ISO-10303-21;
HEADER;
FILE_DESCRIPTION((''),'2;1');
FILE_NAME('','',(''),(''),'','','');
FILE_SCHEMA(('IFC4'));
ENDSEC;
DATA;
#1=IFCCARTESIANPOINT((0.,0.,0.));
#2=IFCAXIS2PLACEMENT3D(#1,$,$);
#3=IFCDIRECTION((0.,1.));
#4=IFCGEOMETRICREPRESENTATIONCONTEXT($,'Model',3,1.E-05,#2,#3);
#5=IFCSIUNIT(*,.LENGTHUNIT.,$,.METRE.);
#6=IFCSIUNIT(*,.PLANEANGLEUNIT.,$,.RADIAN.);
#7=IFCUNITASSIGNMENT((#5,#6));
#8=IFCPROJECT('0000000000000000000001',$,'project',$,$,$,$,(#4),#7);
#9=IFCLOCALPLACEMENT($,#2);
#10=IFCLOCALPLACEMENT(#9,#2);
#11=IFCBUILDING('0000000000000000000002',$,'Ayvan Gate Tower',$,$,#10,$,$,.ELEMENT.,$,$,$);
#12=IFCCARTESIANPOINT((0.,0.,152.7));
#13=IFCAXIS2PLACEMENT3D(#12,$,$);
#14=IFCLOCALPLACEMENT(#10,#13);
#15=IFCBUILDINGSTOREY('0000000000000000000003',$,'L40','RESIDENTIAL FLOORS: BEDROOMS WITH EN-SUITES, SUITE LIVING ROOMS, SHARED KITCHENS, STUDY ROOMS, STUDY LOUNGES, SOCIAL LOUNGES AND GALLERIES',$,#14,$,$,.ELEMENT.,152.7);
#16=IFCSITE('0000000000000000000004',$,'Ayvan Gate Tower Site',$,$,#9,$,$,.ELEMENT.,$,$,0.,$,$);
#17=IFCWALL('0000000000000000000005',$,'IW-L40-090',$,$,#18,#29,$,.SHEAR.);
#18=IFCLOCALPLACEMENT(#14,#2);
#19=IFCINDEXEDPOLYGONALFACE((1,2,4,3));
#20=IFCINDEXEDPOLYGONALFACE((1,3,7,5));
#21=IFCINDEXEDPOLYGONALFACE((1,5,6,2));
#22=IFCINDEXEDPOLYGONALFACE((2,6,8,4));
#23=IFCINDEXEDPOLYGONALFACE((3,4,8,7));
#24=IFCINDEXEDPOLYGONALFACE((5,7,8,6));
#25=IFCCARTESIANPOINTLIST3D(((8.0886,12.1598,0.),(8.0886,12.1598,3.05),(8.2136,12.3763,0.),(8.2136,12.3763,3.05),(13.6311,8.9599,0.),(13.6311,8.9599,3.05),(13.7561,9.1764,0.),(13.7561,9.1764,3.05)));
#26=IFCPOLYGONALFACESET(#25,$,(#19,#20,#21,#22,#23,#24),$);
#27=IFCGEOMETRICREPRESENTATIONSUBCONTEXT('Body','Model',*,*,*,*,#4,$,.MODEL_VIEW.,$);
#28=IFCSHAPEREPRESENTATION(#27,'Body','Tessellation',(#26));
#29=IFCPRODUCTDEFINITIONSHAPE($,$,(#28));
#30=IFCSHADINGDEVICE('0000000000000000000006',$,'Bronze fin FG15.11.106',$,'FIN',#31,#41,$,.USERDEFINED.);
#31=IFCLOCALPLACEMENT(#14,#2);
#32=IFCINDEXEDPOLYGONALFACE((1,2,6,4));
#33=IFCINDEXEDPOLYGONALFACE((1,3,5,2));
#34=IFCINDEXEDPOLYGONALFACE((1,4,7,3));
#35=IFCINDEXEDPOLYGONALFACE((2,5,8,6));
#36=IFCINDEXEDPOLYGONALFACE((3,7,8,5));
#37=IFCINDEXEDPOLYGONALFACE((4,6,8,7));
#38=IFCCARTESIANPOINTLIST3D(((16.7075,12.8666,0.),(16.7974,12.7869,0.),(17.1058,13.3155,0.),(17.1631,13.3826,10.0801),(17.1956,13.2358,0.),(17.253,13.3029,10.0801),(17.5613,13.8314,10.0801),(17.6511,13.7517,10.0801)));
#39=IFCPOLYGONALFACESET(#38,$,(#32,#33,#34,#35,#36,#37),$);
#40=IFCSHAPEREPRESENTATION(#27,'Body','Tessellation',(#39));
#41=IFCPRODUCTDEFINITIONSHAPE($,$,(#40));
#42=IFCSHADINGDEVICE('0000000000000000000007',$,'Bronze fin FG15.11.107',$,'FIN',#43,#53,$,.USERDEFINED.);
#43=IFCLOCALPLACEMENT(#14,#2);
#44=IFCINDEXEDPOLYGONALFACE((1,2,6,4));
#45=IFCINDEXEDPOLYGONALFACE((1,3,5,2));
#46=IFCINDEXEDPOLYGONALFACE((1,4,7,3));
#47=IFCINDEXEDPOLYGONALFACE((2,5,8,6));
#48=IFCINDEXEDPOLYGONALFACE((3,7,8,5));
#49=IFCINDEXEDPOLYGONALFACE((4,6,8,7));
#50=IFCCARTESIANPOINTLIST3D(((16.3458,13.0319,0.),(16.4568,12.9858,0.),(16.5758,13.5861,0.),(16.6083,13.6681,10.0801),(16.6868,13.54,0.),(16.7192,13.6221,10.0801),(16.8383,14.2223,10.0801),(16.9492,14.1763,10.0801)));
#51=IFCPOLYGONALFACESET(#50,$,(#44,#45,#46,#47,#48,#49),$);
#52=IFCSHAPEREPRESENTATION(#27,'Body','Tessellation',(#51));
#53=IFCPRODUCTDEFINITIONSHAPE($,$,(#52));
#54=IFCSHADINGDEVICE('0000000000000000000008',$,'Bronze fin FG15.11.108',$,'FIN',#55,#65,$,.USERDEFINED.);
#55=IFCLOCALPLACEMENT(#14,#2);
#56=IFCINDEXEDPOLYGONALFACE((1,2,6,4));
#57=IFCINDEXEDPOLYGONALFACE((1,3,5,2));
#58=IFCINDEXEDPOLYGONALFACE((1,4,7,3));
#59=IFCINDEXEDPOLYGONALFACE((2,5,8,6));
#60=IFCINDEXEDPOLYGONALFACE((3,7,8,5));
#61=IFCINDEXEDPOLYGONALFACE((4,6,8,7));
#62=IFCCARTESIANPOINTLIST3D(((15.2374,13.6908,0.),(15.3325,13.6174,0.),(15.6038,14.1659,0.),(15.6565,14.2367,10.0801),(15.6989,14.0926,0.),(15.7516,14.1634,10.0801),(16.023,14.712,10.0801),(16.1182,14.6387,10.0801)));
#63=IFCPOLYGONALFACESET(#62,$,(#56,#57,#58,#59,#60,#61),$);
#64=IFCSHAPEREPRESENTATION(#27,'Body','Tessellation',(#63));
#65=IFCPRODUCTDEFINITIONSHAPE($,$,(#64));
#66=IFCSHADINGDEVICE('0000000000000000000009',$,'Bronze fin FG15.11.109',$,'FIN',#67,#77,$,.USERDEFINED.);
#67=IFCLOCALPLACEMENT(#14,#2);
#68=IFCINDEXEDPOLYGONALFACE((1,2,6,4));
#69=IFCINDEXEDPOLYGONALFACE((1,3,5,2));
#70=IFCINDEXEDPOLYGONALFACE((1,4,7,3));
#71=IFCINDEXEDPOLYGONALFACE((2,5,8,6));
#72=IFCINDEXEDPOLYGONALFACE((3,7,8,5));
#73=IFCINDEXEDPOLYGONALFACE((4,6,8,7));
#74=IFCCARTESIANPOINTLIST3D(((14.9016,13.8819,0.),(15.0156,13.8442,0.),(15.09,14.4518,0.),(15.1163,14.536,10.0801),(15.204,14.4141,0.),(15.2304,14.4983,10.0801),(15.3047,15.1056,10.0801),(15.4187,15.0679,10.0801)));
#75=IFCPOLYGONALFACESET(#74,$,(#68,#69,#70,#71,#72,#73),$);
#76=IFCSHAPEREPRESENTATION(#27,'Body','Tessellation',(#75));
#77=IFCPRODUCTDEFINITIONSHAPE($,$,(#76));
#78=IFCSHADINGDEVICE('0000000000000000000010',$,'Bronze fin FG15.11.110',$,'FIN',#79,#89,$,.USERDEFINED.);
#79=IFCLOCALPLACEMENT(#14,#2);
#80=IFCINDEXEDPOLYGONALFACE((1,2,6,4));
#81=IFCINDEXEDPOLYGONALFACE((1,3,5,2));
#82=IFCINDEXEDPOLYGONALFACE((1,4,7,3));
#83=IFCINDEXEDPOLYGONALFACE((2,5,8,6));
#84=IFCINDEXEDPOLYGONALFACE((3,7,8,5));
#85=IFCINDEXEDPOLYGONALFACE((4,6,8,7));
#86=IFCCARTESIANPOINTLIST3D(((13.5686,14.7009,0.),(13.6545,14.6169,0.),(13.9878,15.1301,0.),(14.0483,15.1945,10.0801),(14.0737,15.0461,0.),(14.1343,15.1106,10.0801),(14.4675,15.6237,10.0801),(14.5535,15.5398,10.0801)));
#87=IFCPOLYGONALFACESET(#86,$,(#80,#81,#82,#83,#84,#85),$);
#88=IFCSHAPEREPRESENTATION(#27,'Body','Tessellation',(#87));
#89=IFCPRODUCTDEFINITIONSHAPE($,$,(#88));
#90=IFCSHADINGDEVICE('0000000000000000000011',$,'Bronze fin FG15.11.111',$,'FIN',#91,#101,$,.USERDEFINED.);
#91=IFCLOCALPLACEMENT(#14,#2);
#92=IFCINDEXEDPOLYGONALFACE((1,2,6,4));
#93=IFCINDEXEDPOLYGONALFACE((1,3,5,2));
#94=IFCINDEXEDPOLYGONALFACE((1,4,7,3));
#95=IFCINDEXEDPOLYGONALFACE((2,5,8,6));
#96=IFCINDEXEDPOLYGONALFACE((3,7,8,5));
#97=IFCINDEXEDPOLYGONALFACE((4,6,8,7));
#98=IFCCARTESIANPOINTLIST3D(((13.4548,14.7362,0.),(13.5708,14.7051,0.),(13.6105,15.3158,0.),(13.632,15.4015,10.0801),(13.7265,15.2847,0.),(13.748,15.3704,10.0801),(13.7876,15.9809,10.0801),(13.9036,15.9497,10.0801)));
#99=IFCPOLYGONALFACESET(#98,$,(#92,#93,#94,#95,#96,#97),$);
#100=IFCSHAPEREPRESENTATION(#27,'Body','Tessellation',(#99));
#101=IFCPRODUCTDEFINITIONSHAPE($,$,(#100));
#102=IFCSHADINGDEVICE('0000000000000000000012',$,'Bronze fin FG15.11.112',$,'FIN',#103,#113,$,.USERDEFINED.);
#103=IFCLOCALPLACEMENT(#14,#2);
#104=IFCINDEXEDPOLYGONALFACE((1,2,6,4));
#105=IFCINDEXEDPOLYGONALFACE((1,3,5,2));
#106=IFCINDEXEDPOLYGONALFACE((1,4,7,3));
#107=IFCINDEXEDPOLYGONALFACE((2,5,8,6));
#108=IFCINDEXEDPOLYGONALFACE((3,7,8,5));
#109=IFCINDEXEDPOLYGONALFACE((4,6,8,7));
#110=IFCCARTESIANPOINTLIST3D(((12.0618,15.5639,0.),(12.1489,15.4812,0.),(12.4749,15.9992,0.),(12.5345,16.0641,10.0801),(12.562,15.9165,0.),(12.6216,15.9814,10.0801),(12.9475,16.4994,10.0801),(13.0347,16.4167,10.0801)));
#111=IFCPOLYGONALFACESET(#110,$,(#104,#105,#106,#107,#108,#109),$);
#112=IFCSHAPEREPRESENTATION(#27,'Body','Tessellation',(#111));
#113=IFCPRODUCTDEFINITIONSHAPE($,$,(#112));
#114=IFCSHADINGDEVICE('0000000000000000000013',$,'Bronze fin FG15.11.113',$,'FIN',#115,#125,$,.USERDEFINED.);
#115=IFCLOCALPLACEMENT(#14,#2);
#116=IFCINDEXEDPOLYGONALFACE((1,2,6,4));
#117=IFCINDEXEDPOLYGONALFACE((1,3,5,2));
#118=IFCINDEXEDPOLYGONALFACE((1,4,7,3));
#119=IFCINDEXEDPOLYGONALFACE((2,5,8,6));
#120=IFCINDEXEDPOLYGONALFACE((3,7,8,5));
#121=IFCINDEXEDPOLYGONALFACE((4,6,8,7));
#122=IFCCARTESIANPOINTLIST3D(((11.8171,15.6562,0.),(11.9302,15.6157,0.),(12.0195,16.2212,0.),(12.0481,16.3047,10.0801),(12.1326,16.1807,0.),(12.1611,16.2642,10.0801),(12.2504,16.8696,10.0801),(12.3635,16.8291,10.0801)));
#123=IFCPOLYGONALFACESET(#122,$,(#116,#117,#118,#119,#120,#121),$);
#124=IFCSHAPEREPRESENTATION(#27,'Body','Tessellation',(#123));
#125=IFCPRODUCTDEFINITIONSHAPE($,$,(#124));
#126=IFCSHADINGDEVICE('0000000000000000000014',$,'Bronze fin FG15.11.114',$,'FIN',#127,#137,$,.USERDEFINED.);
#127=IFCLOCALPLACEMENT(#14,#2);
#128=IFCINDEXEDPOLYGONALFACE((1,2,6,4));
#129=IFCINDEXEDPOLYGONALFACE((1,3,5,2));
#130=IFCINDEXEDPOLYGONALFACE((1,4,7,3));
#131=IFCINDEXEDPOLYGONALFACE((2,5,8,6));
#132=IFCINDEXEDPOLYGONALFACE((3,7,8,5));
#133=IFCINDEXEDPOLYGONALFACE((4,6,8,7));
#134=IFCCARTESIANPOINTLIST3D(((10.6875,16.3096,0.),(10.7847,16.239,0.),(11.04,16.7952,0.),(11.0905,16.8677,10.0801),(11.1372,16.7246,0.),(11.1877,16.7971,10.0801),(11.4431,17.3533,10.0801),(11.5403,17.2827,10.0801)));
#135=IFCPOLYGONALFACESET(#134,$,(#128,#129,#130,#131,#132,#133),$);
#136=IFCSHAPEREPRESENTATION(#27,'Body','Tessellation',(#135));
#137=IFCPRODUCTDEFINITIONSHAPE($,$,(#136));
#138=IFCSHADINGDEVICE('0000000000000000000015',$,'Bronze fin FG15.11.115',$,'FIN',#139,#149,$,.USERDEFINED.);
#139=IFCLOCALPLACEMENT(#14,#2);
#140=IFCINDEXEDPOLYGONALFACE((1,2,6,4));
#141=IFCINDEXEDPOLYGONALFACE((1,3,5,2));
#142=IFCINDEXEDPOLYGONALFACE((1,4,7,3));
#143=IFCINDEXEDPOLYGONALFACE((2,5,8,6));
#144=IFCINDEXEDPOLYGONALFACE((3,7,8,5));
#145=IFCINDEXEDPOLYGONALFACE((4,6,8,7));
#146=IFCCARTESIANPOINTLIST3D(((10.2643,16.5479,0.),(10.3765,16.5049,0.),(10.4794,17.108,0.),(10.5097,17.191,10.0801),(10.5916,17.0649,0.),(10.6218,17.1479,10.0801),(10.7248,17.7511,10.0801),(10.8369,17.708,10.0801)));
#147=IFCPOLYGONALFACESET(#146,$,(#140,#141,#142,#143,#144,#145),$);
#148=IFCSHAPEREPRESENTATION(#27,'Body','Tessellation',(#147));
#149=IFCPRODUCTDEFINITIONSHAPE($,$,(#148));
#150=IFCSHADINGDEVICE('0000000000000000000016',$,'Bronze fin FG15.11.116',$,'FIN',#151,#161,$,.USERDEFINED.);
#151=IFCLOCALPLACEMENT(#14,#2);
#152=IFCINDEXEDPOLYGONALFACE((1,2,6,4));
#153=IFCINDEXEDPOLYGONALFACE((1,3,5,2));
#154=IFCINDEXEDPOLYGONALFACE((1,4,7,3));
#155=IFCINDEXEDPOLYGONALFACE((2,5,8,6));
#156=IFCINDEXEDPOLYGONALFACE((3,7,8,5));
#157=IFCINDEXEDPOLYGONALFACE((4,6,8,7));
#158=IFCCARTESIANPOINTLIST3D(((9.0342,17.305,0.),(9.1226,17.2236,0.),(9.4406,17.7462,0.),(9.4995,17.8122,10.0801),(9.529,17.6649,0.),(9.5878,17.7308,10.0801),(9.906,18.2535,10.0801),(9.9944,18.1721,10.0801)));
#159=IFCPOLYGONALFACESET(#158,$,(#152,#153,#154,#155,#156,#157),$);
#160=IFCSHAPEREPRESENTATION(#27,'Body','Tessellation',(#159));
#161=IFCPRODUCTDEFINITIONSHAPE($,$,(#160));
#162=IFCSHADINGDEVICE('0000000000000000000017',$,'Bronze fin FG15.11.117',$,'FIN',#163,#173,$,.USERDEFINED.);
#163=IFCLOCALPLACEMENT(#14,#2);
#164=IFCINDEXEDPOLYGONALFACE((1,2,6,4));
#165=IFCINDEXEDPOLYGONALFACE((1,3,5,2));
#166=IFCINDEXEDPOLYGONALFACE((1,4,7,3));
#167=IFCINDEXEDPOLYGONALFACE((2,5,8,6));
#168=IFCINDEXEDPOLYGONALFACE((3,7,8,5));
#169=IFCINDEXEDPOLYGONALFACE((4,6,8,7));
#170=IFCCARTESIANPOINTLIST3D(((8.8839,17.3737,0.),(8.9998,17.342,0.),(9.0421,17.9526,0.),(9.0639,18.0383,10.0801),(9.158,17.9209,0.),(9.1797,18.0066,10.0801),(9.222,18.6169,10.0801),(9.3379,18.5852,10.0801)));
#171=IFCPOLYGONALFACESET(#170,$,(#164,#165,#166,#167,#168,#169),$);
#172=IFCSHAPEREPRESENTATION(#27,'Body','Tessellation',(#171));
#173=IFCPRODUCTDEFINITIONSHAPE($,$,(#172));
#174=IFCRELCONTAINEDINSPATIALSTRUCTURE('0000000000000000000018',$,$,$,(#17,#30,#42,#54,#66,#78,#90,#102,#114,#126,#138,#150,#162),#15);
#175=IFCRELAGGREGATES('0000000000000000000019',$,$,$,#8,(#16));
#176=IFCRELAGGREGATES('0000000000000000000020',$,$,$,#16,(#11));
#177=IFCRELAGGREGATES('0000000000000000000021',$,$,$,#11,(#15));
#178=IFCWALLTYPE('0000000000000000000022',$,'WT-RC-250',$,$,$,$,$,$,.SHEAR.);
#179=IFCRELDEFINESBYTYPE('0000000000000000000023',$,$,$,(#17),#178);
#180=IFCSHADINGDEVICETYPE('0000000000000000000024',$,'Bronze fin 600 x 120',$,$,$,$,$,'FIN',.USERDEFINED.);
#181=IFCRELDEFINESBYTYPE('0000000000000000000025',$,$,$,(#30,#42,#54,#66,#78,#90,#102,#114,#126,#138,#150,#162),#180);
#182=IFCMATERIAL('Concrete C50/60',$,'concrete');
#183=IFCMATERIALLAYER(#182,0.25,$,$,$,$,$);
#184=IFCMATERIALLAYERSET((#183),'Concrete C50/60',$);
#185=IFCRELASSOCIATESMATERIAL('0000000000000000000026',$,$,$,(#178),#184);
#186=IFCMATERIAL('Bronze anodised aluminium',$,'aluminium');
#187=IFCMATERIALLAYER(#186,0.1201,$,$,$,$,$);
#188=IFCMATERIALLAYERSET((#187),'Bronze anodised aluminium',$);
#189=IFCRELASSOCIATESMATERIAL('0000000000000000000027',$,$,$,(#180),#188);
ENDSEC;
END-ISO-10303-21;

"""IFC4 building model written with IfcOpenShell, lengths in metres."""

from ifc_helpers import new_model, si_unit, direction, frame, frame_2d, origin, place, context, subcontext, project, spatial, polyline, rectangle, outline, extrude, material, layer, layer_set, type_object, element, save


model = new_model("IFC4")

# Units and contexts
model_context = context("Model", 3, precision=1e-05, world=origin(), true_north=direction((0.0, 1.0)))
body_context = subcontext(model_context, "Body", "Model", "MODEL_VIEW")
ifc_project = project(units=[si_unit("LENGTHUNIT", "METRE"), si_unit("PLANEANGLEUNIT", "RADIAN")], contexts=[model_context])

# Site, building, storey
site_placement = place(None, origin())
site = spatial("IfcSite", under=ifc_project, at=site_placement, Name="Ayvan Gate Tower Site", CompositionType="ELEMENT", RefElevation=0.0)
building_placement = place(site_placement, origin())
building = spatial("IfcBuilding", under=site, at=building_placement, Name="Ayvan Gate Tower", CompositionType="ELEMENT")
storey_placement = place(building_placement, frame((0.0, 0.0, 152.7)))
storey = spatial("IfcBuildingStorey", under=building, at=storey_placement, Name="L40", Description="RESIDENTIAL FLOORS: BEDROOMS WITH EN-SUITES, SUITE LIVING ROOMS, SHARED KITCHENS, STUDY ROOMS, STUDY LOUNGES, SOCIAL LOUNGES AND GALLERIES", CompositionType="ELEMENT", Elevation=152.7)

# Shared definitions
ifc_material_1 = material(Name="Bronze anodised aluminium", Category="aluminium")

# Wall
ifc_material_2 = material(Name="Concrete C50/60", Category="concrete")
ifc_layer_1 = layer(ifc_material_2, 0.25)
ifc_layer_set_1 = layer_set([ifc_layer_1], Name="Concrete C50/60")
wall_type_1 = type_object("IfcWallType", Name="WT-RC-250", PredefinedType="SHEAR", material=ifc_layer_set_1)
wall_1_placement = place(storey_placement, frame((8.1511, 12.2681, 0.0), z_axis=(0.0, 0.0, 1.0), x_axis=(0.866025, -0.5, 0.0)))
element("IfcWall", 1, at=wall_1_placement, inside=storey, type_object=wall_type_1, Name="IW-L40-090", PredefinedType="SHEAR", context=body_context, shape_type="SweptSolid", body=[
    extrude(rectangle(XDim=6.3999, YDim=0.25, at=frame_2d((3.2, 0.0))), origin(), (0.0, 0.0, 1.0), 3.05),
])

# Shading devices
ifc_layer_2 = layer(ifc_material_1, 0.1201)
ifc_layer_set_2 = layer_set([ifc_layer_2], Name="Bronze anodised aluminium")
shading_device_type = type_object("IfcShadingDeviceType", Name="Bronze fin 600 x 120", ElementType="FIN", PredefinedType="USERDEFINED", material=ifc_layer_set_2)
shading_device_1_placement = place(storey_placement, frame((16.7974, 12.7869, 0.0), z_axis=(0.74806, -0.663631, 0.000162), x_axis=(0.663631, 0.74806, 0.0)))
element("IfcShadingDevice", 2, at=shading_device_1_placement, inside=storey, type_object=shading_device_type, Name="Bronze fin FG15.11.106", ObjectType="FIN", PredefinedType="USERDEFINED", context=body_context, shape_type="SweptSolid", body=[
    extrude(outline(polyline([(0.0, 0.0), (0.6001, 0.0), (1.2883, 10.0801), (0.6884, 10.0801), (0.0, 0.0)])), origin(), (0.0, 0.0, -1.0), 0.1201),
])
shading_device_2_placement = place(storey_placement, frame((16.4568, 12.9858, 0.0), z_axis=(0.92363, -0.383286, 0.000144), x_axis=(0.383286, 0.92363, 0.0)))
element("IfcShadingDevice", 3, at=shading_device_2_placement, inside=storey, type_object=shading_device_type, Name="Bronze fin FG15.11.107", ObjectType="FIN", PredefinedType="USERDEFINED", context=body_context, shape_type="SweptSolid", body=[
    extrude(outline(polyline([(0.0, 0.0), (0.6, 0.0), (1.2883, 10.0801), (0.6882, 10.0801), (0.0, 0.0)])), origin(), (0.0, 0.0, -1.0), 0.1201),
])
shading_device_3_placement = place(storey_placement, frame((15.3325, 13.6174, 0.0), z_axis=(0.791897, -0.610654, 0.000146), x_axis=(0.610654, 0.791897, 0.0)))
element("IfcShadingDevice", 4, at=shading_device_3_placement, inside=storey, type_object=shading_device_type, Name="Bronze fin FG15.11.108", ObjectType="FIN", PredefinedType="USERDEFINED", context=body_context, shape_type="SweptSolid", body=[
    extrude(outline(polyline([(0.0, 0.0), (0.6, 0.0), (1.2885, 10.0801), (0.6883, 10.0801), (0.0, 0.0)])), origin(), (0.0, 0.0, -1.0), 0.1201),
])
shading_device_4_placement = place(storey_placement, frame((15.0156, 13.8442, 0.0), z_axis=(0.949454, -0.313908, 0.000139), x_axis=(0.313908, 0.949454, 0.0)))
element("IfcShadingDevice", 5, at=shading_device_4_placement, inside=storey, type_object=shading_device_type, Name="Bronze fin FG15.11.109", ObjectType="FIN", PredefinedType="USERDEFINED", context=body_context, shape_type="SweptSolid", body=[
    extrude(outline(polyline([(0.0, 0.0), (0.6002, 0.0), (1.2883, 10.0801), (0.6884, 10.0801), (0.0, 0.0)])), origin(), (0.0, 0.0, -1.0), 0.1201),
])
shading_device_5_placement = place(storey_placement, frame((13.6545, 14.6169, 0.0), z_axis=(0.7154, -0.698715, 0.000171), x_axis=(0.698715, 0.7154, 0.0)))
element("IfcShadingDevice", 6, at=shading_device_5_placement, inside=storey, type_object=shading_device_type, Name="Bronze fin FG15.11.110", ObjectType="FIN", PredefinedType="USERDEFINED", context=body_context, shape_type="SweptSolid", body=[
    extrude(outline(polyline([(0.0, 0.0), (0.5999, 0.0), (1.2883, 10.0801), (0.6884, 10.0801), (0.0, 0.0)])), origin(), (0.0, 0.0, -1.0), 0.1201),
])
shading_device_6_placement = place(storey_placement, frame((13.5708, 14.7051, 0.0), z_axis=(0.965771, -0.259397, 0.000147), x_axis=(0.259397, 0.965771, 0.0)))
element("IfcShadingDevice", 7, at=shading_device_6_placement, inside=storey, type_object=shading_device_type, Name="Bronze fin FG15.11.111", ObjectType="FIN", PredefinedType="USERDEFINED", context=body_context, shape_type="SweptSolid", body=[
    extrude(outline(polyline([(0.0, 0.0), (0.6002, 0.0), (1.2883, 10.0801), (0.6885, 10.0801), (0.0, 0.0)])), origin(), (0.0, 0.0, -1.0), 0.1201),
])
shading_device_7_placement = place(storey_placement, frame((12.1489, 15.4812, 0.0), z_axis=(0.725375, -0.688354, 0.000148), x_axis=(0.688354, 0.725375, 0.0)))
element("IfcShadingDevice", 8, at=shading_device_7_placement, inside=storey, type_object=shading_device_type, Name="Bronze fin FG15.11.112", ObjectType="FIN", PredefinedType="USERDEFINED", context=body_context, shape_type="SweptSolid", body=[
    extrude(outline(polyline([(0.0, 0.0), (0.6001, 0.0), (1.2883, 10.0801), (0.6882, 10.0801), (0.0, 0.0)])), origin(), (0.0, 0.0, -1.0), 0.1201),
])
shading_device_8_placement = place(storey_placement, frame((11.9302, 15.6157, 0.0), z_axis=(0.94141, -0.337264, 0.000126), x_axis=(0.337264, 0.94141, 0.0)))
element("IfcShadingDevice", 9, at=shading_device_8_placement, inside=storey, type_object=shading_device_type, Name="Bronze fin FG15.11.113", ObjectType="FIN", PredefinedType="USERDEFINED", context=body_context, shape_type="SweptSolid", body=[
    extrude(outline(polyline([(0.0, 0.0), (0.6001, 0.0), (1.2884, 10.0801), (0.6883, 10.0801), (0.0, 0.0)])), origin(), (0.0, 0.0, -1.0), 0.1201),
])
shading_device_9_placement = place(storey_placement, frame((10.7847, 16.239, 0.0), z_axis=(0.809228, -0.587494, 0.000169), x_axis=(0.587494, 0.809228, 0.0)))
element("IfcShadingDevice", 10, at=shading_device_9_placement, inside=storey, type_object=shading_device_type, Name="Bronze fin FG15.11.114", ObjectType="FIN", PredefinedType="USERDEFINED", context=body_context, shape_type="SweptSolid", body=[
    extrude(outline(polyline([(0.0, 0.0), (0.6001, 0.0), (1.2885, 10.0801), (0.6884, 10.0801), (0.0, 0.0)])), origin(), (0.0, 0.0, -1.0), 0.1201),
])
shading_device_10_placement = place(storey_placement, frame((10.3765, 16.5049, 0.0), z_axis=(0.933524, -0.358515, 0.000149), x_axis=(0.358515, 0.933524, 0.0)))
element("IfcShadingDevice", 11, at=shading_device_10_placement, inside=storey, type_object=shading_device_type, Name="Bronze fin FG15.11.115", ObjectType="FIN", PredefinedType="USERDEFINED", context=body_context, shape_type="SweptSolid", body=[
    extrude(outline(polyline([(0.0, 0.0), (0.5999, 0.0), (1.2882, 10.0801), (0.6883, 10.0801), (0.0, 0.0)])), origin(), (0.0, 0.0, -1.0), 0.1201),
])
shading_device_11_placement = place(storey_placement, frame((9.1226, 17.2236, 0.0), z_axis=(0.735505, -0.677519, 0.000137), x_axis=(0.677519, 0.735505, 0.0)))
element("IfcShadingDevice", 12, at=shading_device_11_placement, inside=storey, type_object=shading_device_type, Name="Bronze fin FG15.11.116", ObjectType="FIN", PredefinedType="USERDEFINED", context=body_context, shape_type="SweptSolid", body=[
    extrude(outline(polyline([(0.0, 0.0), (0.5999, 0.0), (1.2883, 10.0801), (0.6882, 10.0801), (0.0, 0.0)])), origin(), (0.0, 0.0, -1.0), 0.1201),
])
shading_device_12_placement = place(storey_placement, frame((8.9998, 17.342, 0.0), z_axis=(0.964609, -0.263685, 0.000162), x_axis=(0.263685, 0.964609, 0.0)))
element("IfcShadingDevice", 13, at=shading_device_12_placement, inside=storey, type_object=shading_device_type, Name="Bronze fin FG15.11.117", ObjectType="FIN", PredefinedType="USERDEFINED", context=body_context, shape_type="SweptSolid", body=[
    extrude(outline(polyline([(0.0, 0.0), (0.6001, 0.0), (1.2883, 10.0801), (0.6885, 10.0801), (0.0, 0.0)])), origin(), (0.0, 0.0, -1.0), 0.1201),
])

save(model, "model.ifc")
